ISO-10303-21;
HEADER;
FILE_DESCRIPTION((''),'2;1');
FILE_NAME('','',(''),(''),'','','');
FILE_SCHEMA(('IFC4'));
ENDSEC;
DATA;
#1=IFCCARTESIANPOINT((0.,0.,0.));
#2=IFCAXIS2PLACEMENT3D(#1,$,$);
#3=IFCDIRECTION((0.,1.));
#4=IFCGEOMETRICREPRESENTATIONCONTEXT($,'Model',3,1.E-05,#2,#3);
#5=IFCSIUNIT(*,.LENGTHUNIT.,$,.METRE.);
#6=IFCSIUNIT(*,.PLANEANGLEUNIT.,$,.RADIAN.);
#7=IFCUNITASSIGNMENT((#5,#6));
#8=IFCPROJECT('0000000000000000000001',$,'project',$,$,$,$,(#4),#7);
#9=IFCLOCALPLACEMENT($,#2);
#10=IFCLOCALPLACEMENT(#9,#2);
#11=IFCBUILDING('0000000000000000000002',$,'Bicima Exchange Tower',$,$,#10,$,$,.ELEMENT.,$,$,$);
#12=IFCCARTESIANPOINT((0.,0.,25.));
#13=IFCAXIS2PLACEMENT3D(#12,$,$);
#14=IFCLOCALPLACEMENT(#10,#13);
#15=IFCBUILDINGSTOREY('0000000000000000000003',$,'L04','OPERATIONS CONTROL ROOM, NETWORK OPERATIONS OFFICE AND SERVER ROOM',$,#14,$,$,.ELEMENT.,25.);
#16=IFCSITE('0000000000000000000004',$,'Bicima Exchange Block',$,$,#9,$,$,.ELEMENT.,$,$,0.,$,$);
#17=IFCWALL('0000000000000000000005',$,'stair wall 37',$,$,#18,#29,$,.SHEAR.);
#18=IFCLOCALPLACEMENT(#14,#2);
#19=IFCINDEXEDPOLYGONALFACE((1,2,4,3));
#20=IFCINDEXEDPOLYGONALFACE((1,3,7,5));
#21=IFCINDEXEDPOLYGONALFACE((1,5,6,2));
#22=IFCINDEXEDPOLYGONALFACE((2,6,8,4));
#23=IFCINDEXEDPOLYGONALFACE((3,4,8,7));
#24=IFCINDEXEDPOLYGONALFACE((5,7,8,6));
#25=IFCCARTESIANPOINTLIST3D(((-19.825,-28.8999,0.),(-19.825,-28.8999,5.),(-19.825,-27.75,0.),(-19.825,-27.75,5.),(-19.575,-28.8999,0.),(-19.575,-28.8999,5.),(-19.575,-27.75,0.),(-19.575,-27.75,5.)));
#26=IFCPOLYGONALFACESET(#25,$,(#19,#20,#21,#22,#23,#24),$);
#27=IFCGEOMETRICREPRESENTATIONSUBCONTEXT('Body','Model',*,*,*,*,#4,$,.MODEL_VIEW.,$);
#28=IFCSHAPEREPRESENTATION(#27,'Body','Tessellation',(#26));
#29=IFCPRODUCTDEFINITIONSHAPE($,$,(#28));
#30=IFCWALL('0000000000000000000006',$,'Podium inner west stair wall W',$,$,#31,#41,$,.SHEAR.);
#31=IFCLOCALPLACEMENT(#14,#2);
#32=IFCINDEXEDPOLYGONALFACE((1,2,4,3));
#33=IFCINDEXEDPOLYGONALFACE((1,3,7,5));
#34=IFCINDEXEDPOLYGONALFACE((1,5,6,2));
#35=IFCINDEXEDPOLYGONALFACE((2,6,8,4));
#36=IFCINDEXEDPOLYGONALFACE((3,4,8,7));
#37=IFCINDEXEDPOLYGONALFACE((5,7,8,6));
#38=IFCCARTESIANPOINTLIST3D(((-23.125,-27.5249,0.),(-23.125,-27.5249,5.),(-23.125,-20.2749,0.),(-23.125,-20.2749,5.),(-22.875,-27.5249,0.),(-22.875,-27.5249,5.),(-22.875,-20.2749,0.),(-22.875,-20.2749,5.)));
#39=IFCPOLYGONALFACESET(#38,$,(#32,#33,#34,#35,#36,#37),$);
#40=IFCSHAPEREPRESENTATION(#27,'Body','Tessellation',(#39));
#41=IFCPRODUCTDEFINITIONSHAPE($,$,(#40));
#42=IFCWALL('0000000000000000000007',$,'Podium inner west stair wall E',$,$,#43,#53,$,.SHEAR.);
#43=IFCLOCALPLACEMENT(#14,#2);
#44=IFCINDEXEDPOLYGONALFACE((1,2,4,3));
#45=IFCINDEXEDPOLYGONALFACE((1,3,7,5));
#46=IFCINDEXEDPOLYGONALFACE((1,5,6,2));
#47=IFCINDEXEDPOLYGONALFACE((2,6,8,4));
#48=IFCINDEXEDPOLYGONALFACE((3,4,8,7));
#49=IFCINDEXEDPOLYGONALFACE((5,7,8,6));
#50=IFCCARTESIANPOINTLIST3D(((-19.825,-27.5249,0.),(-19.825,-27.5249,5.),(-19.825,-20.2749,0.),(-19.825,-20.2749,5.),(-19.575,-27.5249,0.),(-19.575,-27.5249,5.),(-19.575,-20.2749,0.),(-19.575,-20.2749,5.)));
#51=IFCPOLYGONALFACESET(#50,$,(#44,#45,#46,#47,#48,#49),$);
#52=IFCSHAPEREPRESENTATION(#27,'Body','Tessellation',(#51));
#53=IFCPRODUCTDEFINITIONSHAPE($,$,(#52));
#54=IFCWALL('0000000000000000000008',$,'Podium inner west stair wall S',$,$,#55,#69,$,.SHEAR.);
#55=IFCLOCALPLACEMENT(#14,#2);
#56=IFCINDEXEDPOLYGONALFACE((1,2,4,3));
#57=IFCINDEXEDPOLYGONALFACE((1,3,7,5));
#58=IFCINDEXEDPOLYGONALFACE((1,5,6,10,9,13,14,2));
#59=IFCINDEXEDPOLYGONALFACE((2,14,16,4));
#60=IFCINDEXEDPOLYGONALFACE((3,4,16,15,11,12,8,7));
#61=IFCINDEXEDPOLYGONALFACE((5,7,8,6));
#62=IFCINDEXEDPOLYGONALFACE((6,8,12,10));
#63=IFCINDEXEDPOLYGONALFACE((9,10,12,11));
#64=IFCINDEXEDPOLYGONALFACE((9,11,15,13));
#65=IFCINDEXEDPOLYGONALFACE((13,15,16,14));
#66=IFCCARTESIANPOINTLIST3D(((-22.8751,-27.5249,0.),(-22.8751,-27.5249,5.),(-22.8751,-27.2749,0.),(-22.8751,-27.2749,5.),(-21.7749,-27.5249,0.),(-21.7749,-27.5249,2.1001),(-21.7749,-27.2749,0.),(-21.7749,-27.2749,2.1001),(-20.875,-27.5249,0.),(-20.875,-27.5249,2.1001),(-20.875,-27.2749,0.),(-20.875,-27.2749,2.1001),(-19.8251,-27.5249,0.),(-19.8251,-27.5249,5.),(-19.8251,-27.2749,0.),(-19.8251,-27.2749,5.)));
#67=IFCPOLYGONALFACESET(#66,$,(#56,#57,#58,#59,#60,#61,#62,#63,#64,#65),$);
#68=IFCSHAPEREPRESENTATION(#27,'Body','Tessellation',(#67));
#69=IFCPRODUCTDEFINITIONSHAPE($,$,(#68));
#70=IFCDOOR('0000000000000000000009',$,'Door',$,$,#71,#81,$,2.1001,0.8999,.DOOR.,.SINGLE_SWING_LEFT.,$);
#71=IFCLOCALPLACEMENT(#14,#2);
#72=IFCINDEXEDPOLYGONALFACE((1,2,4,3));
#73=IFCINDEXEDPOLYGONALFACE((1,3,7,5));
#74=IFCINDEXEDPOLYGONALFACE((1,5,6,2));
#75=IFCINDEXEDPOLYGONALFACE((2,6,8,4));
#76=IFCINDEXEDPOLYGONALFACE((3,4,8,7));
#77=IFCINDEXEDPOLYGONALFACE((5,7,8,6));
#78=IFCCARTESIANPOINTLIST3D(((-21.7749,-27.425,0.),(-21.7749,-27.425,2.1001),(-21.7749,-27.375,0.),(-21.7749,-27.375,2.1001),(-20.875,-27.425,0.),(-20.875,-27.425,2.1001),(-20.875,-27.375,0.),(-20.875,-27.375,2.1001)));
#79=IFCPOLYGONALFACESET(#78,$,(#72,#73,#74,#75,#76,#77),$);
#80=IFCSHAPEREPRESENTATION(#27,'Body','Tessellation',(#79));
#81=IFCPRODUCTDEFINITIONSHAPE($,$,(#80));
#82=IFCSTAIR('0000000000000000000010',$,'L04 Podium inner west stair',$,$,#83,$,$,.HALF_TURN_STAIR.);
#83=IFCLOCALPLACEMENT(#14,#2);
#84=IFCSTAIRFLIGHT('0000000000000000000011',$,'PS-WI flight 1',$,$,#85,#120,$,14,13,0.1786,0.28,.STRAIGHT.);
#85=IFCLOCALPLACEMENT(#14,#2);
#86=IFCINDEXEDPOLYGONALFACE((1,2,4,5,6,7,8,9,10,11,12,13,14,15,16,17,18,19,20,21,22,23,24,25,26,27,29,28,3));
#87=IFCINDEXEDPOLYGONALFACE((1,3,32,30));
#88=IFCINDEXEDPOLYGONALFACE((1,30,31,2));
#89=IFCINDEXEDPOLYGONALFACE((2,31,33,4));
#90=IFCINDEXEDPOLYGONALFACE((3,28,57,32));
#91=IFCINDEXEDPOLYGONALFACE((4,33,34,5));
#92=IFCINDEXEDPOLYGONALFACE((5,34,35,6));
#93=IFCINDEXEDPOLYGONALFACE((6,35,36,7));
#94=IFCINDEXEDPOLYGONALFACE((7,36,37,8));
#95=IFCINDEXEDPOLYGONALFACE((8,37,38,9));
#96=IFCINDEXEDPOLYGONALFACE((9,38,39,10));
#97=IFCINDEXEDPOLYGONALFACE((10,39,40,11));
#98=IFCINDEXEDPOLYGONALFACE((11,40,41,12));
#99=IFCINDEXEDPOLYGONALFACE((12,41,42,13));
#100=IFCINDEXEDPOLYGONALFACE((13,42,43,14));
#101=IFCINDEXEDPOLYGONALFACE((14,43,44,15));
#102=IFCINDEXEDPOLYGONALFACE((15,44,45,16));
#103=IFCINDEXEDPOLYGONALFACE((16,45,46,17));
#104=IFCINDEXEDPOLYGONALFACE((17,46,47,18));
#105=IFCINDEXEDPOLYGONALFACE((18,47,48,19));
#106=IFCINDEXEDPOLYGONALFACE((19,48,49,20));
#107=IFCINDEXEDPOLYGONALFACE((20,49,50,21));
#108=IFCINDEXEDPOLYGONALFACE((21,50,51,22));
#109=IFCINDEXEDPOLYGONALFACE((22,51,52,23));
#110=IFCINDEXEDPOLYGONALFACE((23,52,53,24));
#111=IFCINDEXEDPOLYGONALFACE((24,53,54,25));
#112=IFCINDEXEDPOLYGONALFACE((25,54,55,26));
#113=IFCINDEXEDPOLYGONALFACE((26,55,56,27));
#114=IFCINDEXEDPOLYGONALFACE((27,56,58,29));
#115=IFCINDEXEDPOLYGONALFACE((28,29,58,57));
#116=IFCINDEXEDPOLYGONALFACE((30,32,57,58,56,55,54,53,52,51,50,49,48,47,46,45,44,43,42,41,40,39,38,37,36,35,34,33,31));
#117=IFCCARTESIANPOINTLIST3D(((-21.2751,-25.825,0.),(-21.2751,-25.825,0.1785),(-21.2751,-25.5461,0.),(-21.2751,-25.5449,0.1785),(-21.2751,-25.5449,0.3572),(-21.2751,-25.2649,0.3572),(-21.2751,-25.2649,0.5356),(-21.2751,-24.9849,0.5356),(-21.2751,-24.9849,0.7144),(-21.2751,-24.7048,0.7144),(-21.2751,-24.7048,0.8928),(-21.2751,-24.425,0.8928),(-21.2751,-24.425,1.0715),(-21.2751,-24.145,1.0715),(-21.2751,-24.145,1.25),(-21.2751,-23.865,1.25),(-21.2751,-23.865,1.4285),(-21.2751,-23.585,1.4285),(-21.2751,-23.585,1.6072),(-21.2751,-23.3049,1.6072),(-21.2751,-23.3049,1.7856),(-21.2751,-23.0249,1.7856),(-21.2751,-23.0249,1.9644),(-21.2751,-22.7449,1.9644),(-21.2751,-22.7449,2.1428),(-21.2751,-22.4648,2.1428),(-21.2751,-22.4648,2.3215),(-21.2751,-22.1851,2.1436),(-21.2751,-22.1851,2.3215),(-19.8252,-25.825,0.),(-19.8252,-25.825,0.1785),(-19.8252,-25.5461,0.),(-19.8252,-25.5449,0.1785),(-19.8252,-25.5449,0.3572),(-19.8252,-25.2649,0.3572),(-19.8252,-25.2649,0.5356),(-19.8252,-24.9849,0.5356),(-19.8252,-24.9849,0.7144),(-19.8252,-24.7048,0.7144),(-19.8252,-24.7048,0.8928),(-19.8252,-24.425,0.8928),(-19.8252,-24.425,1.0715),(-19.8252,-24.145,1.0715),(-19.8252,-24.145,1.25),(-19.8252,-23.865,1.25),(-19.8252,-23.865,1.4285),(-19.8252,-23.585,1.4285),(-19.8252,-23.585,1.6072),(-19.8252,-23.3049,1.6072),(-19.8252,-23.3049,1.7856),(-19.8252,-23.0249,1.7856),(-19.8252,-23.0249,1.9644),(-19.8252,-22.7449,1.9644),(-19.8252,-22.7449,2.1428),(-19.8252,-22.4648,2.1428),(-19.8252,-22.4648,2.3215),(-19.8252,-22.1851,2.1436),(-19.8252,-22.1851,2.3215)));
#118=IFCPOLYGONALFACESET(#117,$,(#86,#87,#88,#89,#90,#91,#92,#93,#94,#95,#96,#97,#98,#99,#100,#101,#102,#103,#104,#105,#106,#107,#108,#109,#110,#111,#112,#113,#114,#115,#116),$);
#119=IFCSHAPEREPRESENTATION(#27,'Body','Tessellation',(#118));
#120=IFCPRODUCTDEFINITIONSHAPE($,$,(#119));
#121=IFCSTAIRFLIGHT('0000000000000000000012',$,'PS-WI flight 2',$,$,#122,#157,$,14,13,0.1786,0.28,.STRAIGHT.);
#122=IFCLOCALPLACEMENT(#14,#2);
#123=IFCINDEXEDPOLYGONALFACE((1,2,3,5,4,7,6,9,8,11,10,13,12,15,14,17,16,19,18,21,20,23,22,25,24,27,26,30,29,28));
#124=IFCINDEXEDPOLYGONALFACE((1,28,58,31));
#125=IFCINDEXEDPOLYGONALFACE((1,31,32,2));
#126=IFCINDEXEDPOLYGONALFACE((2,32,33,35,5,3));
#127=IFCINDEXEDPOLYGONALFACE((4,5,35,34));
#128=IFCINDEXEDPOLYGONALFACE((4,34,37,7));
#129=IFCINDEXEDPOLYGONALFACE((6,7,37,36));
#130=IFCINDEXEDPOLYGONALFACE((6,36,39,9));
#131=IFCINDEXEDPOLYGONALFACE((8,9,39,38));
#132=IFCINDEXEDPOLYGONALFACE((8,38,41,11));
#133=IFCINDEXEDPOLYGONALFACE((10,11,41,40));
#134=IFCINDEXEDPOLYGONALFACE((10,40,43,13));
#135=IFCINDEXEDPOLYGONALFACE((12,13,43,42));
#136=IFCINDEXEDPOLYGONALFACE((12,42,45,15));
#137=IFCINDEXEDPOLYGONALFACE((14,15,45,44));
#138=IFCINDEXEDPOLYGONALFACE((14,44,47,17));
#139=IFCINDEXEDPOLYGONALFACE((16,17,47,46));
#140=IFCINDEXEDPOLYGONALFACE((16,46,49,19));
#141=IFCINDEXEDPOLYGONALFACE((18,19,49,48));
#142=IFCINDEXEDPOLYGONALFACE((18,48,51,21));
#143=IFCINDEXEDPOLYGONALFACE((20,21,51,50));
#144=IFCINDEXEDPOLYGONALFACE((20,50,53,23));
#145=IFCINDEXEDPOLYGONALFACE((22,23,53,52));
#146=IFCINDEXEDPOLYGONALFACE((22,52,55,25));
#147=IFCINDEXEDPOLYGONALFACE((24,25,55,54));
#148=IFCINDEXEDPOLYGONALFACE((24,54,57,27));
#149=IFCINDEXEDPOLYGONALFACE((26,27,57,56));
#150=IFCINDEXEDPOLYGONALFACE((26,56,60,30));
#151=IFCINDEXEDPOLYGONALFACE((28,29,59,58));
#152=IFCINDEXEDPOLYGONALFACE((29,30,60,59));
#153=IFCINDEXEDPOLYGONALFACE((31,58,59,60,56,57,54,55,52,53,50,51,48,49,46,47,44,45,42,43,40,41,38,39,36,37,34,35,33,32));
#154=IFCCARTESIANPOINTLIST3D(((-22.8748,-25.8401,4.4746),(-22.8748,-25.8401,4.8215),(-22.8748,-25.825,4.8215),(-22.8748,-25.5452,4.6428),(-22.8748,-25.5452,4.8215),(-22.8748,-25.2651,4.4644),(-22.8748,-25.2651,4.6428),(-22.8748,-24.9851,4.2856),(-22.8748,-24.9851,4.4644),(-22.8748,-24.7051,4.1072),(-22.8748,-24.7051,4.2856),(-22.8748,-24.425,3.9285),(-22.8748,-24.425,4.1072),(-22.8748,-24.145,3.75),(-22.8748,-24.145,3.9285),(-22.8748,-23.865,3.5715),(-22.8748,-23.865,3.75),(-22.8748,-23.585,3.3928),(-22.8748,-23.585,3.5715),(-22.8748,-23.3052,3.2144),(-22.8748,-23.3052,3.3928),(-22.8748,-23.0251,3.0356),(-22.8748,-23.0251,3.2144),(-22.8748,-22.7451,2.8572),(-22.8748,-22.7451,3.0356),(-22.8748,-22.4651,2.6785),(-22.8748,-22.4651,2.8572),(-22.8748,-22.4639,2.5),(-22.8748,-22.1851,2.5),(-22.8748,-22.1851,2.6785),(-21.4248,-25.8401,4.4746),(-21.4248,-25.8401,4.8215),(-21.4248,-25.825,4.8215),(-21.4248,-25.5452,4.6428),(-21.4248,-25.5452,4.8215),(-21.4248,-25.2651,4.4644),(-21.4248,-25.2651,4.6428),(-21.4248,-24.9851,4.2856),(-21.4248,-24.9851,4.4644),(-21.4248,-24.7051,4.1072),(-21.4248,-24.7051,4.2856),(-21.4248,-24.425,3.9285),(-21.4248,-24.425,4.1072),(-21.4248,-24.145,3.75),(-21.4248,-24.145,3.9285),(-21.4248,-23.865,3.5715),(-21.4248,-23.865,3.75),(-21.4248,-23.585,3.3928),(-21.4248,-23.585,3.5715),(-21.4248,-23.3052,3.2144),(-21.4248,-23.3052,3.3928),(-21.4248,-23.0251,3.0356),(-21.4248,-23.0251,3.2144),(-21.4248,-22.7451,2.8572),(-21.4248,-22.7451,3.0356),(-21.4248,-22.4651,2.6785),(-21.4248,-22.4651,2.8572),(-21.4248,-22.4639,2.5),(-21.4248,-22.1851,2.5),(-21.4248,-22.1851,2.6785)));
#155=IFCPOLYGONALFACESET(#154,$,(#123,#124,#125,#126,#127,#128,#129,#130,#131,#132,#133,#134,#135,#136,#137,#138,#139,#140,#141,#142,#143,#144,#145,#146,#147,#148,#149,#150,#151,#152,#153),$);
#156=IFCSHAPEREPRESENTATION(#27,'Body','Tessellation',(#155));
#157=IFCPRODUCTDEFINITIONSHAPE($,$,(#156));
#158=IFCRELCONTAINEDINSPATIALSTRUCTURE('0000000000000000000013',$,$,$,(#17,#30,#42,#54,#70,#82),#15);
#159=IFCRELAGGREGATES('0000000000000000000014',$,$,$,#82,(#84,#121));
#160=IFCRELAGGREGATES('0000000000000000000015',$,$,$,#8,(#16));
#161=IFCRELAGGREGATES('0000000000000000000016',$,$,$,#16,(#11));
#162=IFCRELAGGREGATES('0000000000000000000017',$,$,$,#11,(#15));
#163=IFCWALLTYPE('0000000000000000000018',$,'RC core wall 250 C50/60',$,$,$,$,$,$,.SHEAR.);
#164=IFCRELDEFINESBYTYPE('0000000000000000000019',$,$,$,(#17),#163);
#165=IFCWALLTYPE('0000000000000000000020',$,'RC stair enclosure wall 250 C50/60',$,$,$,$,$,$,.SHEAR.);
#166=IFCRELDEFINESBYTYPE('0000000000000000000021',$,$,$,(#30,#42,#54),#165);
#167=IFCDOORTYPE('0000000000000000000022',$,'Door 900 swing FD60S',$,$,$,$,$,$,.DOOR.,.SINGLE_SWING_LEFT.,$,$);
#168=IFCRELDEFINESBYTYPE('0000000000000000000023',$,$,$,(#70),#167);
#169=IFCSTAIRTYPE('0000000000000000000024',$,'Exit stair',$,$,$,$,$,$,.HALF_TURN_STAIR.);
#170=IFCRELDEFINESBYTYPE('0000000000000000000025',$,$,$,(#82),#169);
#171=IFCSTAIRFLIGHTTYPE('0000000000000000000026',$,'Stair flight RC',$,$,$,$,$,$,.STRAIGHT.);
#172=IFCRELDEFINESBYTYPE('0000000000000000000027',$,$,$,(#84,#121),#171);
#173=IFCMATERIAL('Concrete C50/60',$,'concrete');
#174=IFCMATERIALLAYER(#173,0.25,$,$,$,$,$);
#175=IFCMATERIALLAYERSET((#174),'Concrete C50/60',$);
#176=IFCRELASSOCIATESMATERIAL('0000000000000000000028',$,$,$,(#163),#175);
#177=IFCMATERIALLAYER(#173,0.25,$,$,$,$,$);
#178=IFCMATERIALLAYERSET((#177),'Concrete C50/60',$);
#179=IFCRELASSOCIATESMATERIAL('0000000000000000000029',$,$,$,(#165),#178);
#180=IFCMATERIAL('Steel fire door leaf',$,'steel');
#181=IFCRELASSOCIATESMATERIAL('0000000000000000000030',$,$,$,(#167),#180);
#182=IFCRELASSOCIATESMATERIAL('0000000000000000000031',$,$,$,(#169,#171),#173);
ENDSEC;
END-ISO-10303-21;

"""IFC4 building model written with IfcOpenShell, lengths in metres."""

from ifc_helpers import new_model, si_unit, direction, frame, frame_2d, origin, place, context, subcontext, project, spatial, polyline, rectangle, outline, extrude, material, layer, layer_set, type_object, element, fill, aggregate, save


model = new_model("IFC4")

# Units and contexts
model_context = context("Model", 3, precision=1e-05, world=origin(), true_north=direction((0.0, 1.0)))
body_context = subcontext(model_context, "Body", "Model", "MODEL_VIEW")
ifc_project = project(units=[si_unit("LENGTHUNIT", "METRE"), si_unit("PLANEANGLEUNIT", "RADIAN")], contexts=[model_context])

# Site, building, storey
site_placement = place(None, origin())
site = spatial("IfcSite", under=ifc_project, at=site_placement, Name="Bicima Exchange Block", CompositionType="ELEMENT", RefElevation=0.0)
building_placement = place(site_placement, origin())
building = spatial("IfcBuilding", under=site, at=building_placement, Name="Bicima Exchange Tower", CompositionType="ELEMENT")
storey_placement = place(building_placement, frame((0.0, 0.0, 25.0)))
storey = spatial("IfcBuildingStorey", under=building, at=storey_placement, Name="L04", Description="OPERATIONS CONTROL ROOM, NETWORK OPERATIONS OFFICE AND SERVER ROOM", CompositionType="ELEMENT", Elevation=25.0)

# Walls
ifc_material_1 = material(Name="Concrete C50/60", Category="concrete")
ifc_layer_1 = layer(ifc_material_1, 0.25)
ifc_layer_set_1 = layer_set([ifc_layer_1], Name="Concrete C50/60")
wall_type_1 = type_object("IfcWallType", Name="RC core wall 250 C50/60", PredefinedType="SHEAR", material=ifc_layer_set_1)
for number, where, z_axis, x_axis, name in (
    (1, (-19.7, -28.8999, 0.0), (0.0, 0.0, 1.0), (0.0, 1.0, 0.0), "stair wall 37"),
):
    element("IfcWall", number, at=place(storey_placement, frame(where, z_axis=z_axis, x_axis=x_axis)), inside=storey, type_object=wall_type_1, Name=name, PredefinedType="SHEAR", context=body_context, shape_type="SweptSolid", body=[
        extrude(rectangle(XDim=1.1499, YDim=0.25, at=frame_2d((0.575, 0.0))), origin(), (0.0, 0.0, 1.0), 5.0),
    ])
ifc_layer_2 = layer(ifc_material_1, 0.25)
ifc_layer_set_2 = layer_set([ifc_layer_2], Name="Concrete C50/60")
wall_type_2 = type_object("IfcWallType", Name="RC stair enclosure wall 250 C50/60", PredefinedType="SHEAR", material=ifc_layer_set_2)
for number, where, z_axis, x_axis, name in (
    (2, (-23.0, -27.5249, 0.0), (0.0, 0.0, 1.0), (0.0, 1.0, 0.0), "Podium inner west stair wall W"),
    (3, (-19.7, -27.5249, 0.0), (0.0, 0.0, 1.0), (0.0, 1.0, 0.0), "Podium inner west stair wall E"),
):
    element("IfcWall", number, at=place(storey_placement, frame(where, z_axis=z_axis, x_axis=x_axis)), inside=storey, type_object=wall_type_2, Name=name, PredefinedType="SHEAR", context=body_context, shape_type="SweptSolid", body=[
        extrude(rectangle(XDim=7.25, YDim=0.25, at=frame_2d((3.625, 0.0))), origin(), (0.0, 0.0, 1.0), 5.0),
    ])

# Wall, opening, door
wall_placement = place(storey_placement, frame((-22.875, -27.3999, 0.0), z_axis=(0.0, 0.0, 1.0), x_axis=(1.0, 0.0, 0.0)))
wall = element("IfcWall", 4, at=wall_placement, inside=storey, type_object=wall_type_2, Name="Podium inner west stair wall S", PredefinedType="SHEAR", context=body_context, shape_type="SweptSolid", body=[
    extrude(rectangle(XDim=3.05, YDim=0.25, at=frame_2d((1.5249, 0.0))), origin(), (0.0, 0.0, 1.0), 5.0),
])
opening_placement = place(wall_placement, frame((1.1001, 0.0, 0.0)))
opening = element("IfcOpeningElement", 5, at=opening_placement, cuts=wall, PredefinedType="OPENING", context=body_context, shape_type="SweptSolid", body=[
    extrude(rectangle(XDim=0.8999, YDim=2.1001, at=frame_2d((0.45, 1.05))), frame((0.0, 0.137, 0.0), z_axis=(0.0, -1.0, 0.0), x_axis=(1.0, 0.0, 0.0)), (0.0, 0.0, 1.0), 0.2739),
])
ifc_material_2 = material(Name="Steel fire door leaf", Category="steel")
door_type = type_object("IfcDoorType", Name="Door 900 swing FD60S", OperationType="SINGLE_SWING_LEFT", PredefinedType="DOOR", material=ifc_material_2)
door_placement = place(opening_placement, origin())
door = element("IfcDoor", 6, at=door_placement, inside=storey, type_object=door_type, Name="Door", OperationType="SINGLE_SWING_LEFT", OverallHeight=2.1001, OverallWidth=0.8999, PredefinedType="DOOR", context=body_context, shape_type="SweptSolid", body=[
    extrude(rectangle(XDim=0.8999, YDim=2.1001, at=frame_2d((0.45, 1.05))), frame((0.0, 0.0249, 0.0), z_axis=(0.0, -1.0, 0.0), x_axis=(1.0, 0.0, 0.0)), (0.0, 0.0, 1.0), 0.05),
])
fill(opening, door)

# Stair, stair flights
stair_type = type_object("IfcStairType", Name="Exit stair", PredefinedType="HALF_TURN_STAIR", material=ifc_material_1)
stair_placement = place(storey_placement, origin())
stair = element("IfcStair", 7, at=stair_placement, inside=storey, type_object=stair_type, Name="L04 Podium inner west stair", PredefinedType="HALF_TURN_STAIR")
stair_flight_type = type_object("IfcStairFlightType", Name="Stair flight RC", PredefinedType="STRAIGHT", material=ifc_material_1)
stair_flight_1_placement = place(storey_placement, frame((-20.55, -25.825, 0.0), z_axis=(0.0, 0.0, 1.0), x_axis=(0.0, 1.0, 0.0)))
stair_flight_1 = element("IfcStairFlight", 8, at=stair_flight_1_placement, type_object=stair_flight_type, Name="PS-WI flight 1", NumberOfRisers=14, NumberOfTreads=13, PredefinedType="STRAIGHT", RiserHeight=0.1786, TreadLength=0.28, context=body_context, shape_type="SweptSolid", body=[
    extrude(outline(polyline([(0.0, 0.0), (0.0, 0.1785), (0.28, 0.1785), (0.28, 0.3572), (0.5601, 0.3572), (0.5601, 0.5356), (0.8401, 0.5356), (0.8401, 0.7144), (1.1201, 0.7144), (1.1201, 0.8928), (1.3999, 0.8928), (1.3999, 1.0715), (1.6799, 1.0715), (1.6799, 1.25), (1.96, 1.25), (1.96, 1.4285), (2.24, 1.4285), (2.24, 1.6072), (2.52, 1.6072), (2.52, 1.7856), (2.8, 1.7856), (2.8, 1.9644), (3.0801, 1.9644), (3.0801, 2.1428), (3.3601, 2.1428), (3.3601, 2.3215), (3.6399, 2.3215), (3.6399, 2.5), (3.6399, 2.1436), (0.2788, 0.0), (0.0, 0.0)])), frame((0.0, 0.7251, 0.0), z_axis=(0.0, -1.0, 0.0), x_axis=(1.0, 0.0, 0.0)), (0.0, 0.0, 1.0), 1.45),
])
stair_flight_2_placement = place(storey_placement, frame((-22.1499, -22.1851, 2.5), z_axis=(0.0, 0.0, 1.0), x_axis=(0.0, -1.0, 0.0)))
stair_flight_2 = element("IfcStairFlight", 9, at=stair_flight_2_placement, type_object=stair_flight_type, Name="PS-WI flight 2", NumberOfRisers=14, NumberOfTreads=13, PredefinedType="STRAIGHT", RiserHeight=0.1786, TreadLength=0.28, context=body_context, shape_type="SweptSolid", body=[
    extrude(outline(polyline([(0.0, 0.0), (0.0, 0.1785), (0.28, 0.1785), (0.28, 0.3572), (0.5601, 0.3572), (0.5601, 0.5356), (0.8401, 0.5356), (0.8401, 0.7144), (1.1201, 0.7144), (1.1201, 0.8928), (1.3999, 0.8928), (1.3999, 1.0715), (1.6799, 1.0715), (1.6799, 1.25), (1.96, 1.25), (1.96, 1.4285), (2.24, 1.4285), (2.24, 1.6072), (2.52, 1.6072), (2.52, 1.7856), (2.8, 1.7856), (2.8, 1.9644), (3.0801, 1.9644), (3.0801, 2.1428), (3.3601, 2.1428), (3.3601, 2.3215), (3.6399, 2.3215), (3.655, 2.3215), (3.655, 1.9746), (0.2788, 0.0), (0.0, 0.0)])), frame((0.0, 0.7251, 0.0), z_axis=(0.0, -1.0, 0.0), x_axis=(1.0, 0.0, 0.0)), (0.0, 0.0, 1.0), 1.45),
])
aggregate(stair, [stair_flight_1, stair_flight_2])

save(model, "model.ifc")
